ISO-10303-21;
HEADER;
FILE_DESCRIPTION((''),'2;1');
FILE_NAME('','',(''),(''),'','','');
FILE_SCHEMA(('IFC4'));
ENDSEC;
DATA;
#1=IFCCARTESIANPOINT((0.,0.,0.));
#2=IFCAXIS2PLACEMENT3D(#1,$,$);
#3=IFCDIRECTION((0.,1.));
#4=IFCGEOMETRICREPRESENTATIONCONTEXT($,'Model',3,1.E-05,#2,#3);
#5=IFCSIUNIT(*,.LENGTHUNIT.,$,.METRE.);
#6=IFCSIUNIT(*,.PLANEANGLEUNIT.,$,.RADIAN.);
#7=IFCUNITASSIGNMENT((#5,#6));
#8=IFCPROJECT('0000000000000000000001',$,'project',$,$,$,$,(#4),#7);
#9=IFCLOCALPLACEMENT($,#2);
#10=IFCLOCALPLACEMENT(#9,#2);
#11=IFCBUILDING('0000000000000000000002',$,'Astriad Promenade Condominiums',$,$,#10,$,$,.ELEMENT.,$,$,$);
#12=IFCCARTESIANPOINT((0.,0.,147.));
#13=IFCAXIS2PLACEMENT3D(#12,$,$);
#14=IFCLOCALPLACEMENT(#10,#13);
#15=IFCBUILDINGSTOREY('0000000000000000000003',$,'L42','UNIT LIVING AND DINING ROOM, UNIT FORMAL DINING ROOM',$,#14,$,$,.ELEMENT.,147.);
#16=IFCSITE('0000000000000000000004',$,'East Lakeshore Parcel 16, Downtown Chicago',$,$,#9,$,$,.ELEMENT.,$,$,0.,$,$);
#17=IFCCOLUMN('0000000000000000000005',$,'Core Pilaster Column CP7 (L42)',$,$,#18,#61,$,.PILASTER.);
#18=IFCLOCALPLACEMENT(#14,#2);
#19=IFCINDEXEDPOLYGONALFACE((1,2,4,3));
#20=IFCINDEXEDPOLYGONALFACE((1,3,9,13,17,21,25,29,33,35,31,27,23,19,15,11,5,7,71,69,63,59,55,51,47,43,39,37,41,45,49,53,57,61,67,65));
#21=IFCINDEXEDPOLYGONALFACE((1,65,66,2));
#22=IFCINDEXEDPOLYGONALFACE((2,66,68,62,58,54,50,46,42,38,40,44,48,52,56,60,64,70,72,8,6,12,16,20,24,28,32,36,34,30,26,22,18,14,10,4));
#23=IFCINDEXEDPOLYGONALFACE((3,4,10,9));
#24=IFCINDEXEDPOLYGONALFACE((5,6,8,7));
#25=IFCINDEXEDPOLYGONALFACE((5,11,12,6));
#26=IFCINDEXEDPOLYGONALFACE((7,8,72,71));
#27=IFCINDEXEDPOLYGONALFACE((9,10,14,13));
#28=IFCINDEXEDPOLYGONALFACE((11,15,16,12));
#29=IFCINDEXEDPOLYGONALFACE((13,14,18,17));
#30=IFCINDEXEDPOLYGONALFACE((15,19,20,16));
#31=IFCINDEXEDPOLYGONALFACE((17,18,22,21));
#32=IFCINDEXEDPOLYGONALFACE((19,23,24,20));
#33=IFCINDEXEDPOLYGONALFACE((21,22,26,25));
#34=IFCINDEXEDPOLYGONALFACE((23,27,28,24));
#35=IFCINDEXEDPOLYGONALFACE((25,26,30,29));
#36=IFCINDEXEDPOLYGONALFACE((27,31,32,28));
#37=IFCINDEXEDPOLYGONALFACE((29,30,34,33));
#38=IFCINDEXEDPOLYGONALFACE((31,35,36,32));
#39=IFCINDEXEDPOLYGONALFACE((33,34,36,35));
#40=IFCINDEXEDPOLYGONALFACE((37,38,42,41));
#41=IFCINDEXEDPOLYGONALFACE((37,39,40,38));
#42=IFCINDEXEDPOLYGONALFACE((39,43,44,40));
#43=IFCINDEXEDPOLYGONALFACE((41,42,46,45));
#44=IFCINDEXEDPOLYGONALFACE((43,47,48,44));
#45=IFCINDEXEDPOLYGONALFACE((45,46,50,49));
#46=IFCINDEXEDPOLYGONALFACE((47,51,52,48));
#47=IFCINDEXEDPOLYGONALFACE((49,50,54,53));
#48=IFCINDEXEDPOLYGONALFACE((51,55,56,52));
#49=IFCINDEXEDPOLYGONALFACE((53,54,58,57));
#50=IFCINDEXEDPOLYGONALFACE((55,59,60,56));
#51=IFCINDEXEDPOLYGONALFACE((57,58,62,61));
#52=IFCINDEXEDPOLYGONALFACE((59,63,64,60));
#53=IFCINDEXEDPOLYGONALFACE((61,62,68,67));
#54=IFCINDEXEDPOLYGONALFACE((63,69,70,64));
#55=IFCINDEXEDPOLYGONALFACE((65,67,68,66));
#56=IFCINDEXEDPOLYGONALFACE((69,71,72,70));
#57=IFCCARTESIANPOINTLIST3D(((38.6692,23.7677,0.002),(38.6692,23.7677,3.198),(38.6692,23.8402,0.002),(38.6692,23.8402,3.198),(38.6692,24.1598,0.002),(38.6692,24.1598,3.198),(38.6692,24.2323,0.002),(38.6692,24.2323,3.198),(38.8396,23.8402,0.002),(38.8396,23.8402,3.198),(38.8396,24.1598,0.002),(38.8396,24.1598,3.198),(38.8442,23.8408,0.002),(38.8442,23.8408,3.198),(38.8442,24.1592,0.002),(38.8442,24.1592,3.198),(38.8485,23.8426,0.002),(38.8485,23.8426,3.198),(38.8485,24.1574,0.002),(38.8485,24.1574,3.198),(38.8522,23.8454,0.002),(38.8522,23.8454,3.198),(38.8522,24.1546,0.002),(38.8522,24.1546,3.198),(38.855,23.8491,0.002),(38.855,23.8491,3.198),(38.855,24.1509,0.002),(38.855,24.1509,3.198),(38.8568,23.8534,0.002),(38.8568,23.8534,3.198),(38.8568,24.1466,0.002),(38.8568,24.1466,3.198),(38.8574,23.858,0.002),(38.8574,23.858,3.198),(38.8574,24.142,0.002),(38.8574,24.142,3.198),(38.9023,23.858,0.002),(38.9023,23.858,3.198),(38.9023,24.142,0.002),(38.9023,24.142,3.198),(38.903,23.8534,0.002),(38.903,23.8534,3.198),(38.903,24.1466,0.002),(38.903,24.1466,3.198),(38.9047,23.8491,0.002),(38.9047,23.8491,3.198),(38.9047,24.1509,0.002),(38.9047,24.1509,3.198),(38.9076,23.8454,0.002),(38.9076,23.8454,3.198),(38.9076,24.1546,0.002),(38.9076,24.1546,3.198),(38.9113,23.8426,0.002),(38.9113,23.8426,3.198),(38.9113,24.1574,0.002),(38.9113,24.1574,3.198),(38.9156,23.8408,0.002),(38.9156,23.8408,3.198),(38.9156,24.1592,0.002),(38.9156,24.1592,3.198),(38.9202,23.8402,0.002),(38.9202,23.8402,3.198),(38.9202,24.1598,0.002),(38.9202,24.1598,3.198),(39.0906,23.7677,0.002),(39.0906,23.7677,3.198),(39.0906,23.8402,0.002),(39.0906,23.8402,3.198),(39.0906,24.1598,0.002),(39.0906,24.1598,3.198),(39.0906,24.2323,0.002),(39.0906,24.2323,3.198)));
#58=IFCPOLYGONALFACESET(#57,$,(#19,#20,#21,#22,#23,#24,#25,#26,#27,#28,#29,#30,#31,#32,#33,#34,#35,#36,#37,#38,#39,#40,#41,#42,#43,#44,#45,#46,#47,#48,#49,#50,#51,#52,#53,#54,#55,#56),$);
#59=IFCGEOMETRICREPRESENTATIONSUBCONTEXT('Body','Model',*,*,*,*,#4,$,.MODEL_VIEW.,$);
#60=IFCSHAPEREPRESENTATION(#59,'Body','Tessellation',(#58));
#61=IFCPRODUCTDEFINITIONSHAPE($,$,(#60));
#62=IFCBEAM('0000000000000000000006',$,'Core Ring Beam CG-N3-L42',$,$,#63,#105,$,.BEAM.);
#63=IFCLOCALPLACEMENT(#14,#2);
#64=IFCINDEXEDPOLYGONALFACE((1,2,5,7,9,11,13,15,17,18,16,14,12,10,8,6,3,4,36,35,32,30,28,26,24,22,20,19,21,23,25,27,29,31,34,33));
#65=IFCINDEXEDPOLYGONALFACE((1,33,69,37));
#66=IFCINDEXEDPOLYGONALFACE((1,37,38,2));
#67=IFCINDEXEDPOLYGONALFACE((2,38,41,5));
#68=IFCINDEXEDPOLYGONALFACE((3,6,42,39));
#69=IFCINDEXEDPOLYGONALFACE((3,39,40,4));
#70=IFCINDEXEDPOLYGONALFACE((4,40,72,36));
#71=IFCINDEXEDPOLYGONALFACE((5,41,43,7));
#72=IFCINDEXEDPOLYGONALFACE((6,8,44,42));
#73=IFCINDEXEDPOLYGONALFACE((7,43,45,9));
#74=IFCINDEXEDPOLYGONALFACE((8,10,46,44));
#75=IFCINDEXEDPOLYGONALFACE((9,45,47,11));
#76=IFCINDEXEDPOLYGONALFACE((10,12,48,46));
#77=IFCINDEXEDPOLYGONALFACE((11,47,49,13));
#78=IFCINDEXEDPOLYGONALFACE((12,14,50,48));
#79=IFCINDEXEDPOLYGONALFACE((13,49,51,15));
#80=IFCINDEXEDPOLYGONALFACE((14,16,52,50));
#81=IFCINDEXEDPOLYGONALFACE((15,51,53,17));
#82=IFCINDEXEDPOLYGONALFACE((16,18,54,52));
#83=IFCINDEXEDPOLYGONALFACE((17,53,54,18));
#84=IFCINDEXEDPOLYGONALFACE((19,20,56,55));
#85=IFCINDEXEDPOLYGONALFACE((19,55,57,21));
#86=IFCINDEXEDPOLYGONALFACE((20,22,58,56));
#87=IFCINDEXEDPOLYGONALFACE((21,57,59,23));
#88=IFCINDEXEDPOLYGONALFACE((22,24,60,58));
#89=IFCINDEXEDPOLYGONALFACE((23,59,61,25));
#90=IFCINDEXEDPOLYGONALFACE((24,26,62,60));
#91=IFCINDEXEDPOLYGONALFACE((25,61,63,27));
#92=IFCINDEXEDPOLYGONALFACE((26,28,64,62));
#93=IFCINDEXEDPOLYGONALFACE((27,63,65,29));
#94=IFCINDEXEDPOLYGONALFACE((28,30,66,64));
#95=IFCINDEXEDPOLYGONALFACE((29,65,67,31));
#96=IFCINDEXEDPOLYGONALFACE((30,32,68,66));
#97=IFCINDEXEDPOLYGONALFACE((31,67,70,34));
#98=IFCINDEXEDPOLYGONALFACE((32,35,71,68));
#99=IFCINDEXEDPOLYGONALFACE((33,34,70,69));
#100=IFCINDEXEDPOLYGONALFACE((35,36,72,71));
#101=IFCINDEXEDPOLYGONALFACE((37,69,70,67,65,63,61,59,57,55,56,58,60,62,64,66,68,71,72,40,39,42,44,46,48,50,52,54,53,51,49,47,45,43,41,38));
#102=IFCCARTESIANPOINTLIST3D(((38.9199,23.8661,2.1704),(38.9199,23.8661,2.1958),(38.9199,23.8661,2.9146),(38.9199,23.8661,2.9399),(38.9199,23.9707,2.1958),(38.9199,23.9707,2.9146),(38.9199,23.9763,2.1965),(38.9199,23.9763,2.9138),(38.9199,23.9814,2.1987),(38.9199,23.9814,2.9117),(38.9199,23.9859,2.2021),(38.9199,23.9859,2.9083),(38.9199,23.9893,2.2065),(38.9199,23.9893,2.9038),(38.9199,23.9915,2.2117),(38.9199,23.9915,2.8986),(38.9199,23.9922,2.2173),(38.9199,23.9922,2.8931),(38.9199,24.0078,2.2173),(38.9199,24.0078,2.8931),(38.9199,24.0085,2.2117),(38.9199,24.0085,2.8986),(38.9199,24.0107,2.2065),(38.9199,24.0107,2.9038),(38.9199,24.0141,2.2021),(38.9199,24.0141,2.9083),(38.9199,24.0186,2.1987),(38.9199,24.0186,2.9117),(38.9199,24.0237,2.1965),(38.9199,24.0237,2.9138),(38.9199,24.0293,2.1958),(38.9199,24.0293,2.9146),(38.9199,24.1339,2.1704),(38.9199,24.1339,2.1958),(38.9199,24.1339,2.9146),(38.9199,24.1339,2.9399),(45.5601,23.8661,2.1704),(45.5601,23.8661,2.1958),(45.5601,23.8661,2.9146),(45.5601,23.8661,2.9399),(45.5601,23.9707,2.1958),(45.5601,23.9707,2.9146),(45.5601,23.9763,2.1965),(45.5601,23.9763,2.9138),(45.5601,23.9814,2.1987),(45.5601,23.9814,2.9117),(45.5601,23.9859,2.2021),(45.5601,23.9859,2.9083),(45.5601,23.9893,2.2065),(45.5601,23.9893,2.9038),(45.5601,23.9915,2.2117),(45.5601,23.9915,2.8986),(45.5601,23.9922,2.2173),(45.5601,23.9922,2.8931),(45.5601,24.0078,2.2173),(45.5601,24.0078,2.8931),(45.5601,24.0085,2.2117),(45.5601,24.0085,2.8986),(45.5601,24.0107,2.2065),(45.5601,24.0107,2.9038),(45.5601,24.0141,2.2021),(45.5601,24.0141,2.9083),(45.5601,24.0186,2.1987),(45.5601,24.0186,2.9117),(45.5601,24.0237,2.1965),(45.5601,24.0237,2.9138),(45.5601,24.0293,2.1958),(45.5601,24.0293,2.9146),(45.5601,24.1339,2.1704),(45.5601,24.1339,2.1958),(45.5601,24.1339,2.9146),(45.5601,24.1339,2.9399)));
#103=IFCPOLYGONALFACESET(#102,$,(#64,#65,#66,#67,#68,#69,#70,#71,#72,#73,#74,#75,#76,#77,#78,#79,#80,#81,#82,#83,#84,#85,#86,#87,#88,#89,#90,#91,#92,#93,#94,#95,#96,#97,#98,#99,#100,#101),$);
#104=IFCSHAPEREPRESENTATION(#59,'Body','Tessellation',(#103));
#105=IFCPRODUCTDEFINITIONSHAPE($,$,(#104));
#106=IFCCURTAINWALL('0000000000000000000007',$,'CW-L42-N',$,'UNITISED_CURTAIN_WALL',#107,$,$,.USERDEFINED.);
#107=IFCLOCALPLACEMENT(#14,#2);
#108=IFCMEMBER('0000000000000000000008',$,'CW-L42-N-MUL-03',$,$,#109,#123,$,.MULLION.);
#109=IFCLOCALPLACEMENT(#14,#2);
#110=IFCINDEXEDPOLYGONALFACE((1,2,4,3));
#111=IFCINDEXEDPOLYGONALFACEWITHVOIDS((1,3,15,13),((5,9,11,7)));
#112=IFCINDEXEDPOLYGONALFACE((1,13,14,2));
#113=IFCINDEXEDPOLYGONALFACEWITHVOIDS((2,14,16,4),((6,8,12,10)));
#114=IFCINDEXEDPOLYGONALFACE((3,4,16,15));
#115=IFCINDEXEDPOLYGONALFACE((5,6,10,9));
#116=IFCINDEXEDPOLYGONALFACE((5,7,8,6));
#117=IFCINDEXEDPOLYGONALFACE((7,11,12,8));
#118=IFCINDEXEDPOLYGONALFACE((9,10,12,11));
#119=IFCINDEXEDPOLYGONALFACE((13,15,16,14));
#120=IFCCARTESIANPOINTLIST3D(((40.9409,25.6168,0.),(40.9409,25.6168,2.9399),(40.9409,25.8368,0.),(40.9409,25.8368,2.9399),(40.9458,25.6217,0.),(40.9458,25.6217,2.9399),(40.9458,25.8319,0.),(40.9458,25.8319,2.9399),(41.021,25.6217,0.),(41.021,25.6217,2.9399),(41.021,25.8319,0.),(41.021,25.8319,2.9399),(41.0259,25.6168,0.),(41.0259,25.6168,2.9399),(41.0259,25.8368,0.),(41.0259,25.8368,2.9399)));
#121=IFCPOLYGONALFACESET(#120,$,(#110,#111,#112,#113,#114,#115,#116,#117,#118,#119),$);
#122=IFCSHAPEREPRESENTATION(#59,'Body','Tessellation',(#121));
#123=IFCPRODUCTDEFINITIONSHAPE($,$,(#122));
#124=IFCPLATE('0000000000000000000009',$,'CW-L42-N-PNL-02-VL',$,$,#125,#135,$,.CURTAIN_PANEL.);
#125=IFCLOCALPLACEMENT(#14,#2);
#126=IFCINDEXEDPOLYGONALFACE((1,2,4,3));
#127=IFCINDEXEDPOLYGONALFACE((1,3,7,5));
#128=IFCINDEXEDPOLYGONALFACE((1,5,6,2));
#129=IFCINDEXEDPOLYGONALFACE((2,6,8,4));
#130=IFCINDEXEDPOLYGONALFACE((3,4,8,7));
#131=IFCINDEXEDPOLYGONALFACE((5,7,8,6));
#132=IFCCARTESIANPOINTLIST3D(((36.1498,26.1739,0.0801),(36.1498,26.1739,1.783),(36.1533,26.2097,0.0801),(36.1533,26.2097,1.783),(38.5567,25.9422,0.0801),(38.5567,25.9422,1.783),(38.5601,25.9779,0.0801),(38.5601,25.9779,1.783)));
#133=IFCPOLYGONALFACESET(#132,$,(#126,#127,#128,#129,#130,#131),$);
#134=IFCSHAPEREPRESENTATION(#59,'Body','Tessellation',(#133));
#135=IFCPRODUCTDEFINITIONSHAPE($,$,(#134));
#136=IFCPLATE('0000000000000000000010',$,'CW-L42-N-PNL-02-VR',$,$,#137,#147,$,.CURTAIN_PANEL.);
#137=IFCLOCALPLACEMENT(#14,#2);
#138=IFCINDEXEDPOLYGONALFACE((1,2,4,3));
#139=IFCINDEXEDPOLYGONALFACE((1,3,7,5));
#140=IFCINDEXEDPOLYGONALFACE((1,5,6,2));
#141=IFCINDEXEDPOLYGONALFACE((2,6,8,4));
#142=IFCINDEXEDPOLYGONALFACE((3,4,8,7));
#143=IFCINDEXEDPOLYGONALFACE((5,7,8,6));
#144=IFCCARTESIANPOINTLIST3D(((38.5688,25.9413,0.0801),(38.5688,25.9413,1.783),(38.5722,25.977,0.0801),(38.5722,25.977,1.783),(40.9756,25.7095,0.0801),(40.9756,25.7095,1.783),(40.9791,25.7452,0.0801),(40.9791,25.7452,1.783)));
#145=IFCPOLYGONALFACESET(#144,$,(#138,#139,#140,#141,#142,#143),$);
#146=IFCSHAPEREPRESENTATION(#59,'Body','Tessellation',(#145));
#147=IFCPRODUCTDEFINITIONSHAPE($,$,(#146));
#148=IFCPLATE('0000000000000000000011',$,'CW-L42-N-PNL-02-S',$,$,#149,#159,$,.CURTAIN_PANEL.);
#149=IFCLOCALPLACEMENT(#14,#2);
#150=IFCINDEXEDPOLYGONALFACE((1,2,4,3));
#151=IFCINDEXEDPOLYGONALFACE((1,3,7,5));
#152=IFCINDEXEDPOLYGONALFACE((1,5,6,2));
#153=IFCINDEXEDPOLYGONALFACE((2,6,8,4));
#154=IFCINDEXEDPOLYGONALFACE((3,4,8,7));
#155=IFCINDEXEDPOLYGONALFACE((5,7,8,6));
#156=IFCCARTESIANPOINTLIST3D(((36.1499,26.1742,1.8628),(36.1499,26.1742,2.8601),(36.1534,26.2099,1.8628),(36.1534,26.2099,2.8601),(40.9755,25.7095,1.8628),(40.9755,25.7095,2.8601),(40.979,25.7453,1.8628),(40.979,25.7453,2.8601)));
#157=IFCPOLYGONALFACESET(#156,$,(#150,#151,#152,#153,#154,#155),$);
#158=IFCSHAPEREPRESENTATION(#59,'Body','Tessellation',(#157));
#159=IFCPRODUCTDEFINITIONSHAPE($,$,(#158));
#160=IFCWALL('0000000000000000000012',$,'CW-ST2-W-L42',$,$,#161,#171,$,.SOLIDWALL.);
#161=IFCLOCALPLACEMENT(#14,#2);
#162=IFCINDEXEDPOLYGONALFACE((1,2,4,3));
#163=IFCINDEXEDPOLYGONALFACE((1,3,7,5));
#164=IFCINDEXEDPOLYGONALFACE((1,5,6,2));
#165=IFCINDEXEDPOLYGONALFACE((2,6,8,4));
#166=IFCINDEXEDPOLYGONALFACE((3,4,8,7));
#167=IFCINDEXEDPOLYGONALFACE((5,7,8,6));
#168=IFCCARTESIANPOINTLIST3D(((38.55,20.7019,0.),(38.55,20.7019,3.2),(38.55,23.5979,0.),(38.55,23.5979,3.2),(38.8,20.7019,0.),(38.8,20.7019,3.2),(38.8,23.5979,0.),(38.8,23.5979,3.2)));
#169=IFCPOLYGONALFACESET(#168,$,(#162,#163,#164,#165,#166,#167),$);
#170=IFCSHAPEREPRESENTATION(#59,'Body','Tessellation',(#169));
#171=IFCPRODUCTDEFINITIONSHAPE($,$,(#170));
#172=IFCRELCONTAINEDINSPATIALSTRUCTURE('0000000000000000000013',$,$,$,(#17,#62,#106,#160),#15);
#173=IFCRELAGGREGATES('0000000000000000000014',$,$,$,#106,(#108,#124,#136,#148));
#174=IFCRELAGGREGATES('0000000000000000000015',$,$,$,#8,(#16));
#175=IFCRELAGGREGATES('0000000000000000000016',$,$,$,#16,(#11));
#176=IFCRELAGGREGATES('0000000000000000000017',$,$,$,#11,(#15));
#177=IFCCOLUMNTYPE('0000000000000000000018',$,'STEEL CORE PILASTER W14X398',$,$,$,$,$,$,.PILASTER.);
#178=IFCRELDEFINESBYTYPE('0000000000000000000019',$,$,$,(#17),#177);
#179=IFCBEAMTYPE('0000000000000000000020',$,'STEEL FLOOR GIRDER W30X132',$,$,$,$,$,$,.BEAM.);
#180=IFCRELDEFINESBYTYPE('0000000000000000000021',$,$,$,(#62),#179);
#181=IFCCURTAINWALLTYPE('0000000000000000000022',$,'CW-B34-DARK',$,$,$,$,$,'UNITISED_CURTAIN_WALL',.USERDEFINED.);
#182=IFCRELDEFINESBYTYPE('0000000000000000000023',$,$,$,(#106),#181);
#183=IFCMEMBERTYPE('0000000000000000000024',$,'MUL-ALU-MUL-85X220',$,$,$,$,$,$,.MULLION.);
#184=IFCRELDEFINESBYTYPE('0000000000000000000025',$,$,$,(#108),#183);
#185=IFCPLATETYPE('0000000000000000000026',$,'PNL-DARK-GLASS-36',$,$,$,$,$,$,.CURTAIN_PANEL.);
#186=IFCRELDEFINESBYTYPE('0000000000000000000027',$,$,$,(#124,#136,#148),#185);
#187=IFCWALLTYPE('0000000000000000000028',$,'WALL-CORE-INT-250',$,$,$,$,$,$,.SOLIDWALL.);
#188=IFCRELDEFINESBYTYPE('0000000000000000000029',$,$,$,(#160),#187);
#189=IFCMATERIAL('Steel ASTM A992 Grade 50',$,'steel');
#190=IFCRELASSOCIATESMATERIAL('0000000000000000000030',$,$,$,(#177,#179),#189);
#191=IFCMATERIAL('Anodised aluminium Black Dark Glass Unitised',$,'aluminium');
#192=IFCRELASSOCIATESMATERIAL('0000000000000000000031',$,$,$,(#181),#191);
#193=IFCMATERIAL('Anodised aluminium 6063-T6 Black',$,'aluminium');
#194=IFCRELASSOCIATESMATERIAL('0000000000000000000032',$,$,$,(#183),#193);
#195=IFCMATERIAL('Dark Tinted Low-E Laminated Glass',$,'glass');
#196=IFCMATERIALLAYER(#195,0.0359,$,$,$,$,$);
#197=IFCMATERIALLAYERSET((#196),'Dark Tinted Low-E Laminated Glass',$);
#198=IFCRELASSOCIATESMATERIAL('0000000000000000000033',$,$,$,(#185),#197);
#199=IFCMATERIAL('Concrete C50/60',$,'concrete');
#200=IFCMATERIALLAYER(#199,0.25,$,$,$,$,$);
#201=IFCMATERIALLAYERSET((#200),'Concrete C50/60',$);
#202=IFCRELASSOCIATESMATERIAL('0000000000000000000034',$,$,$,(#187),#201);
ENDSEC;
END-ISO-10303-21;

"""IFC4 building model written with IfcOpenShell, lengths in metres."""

from ifc_helpers import new_model, si_unit, direction, frame, frame_2d, origin, origin_2d, place, context, subcontext, project, spatial, rectangle, hollow_rectangle, i_section, extrude, source, transform, mapped, material, layer, layer_set, material_profile, profile_set, type_object, type_shapes, element, aggregate, save


model = new_model("IFC4")

# Units and contexts
model_context = context("Model", 3, precision=1e-05, world=origin(), true_north=direction((0.0, 1.0)))
body_context = subcontext(model_context, "Body", "Model", "MODEL_VIEW")
ifc_project = project(units=[si_unit("LENGTHUNIT", "METRE"), si_unit("PLANEANGLEUNIT", "RADIAN")], contexts=[model_context])

# Site, building, storey
site_placement = place(None, origin())
site = spatial("IfcSite", under=ifc_project, at=site_placement, Name="East Lakeshore Parcel 16, Downtown Chicago", CompositionType="ELEMENT", RefElevation=0.0)
building_placement = place(site_placement, origin())
building = spatial("IfcBuilding", under=site, at=building_placement, Name="Astriad Promenade Condominiums", CompositionType="ELEMENT")
storey_placement = place(building_placement, frame((0.0, 0.0, 147.0)))
storey = spatial("IfcBuildingStorey", under=building, at=storey_placement, Name="L42", Description="UNIT LIVING AND DINING ROOM, UNIT FORMAL DINING ROOM", CompositionType="ELEMENT", Elevation=147.0)

# Column
ifc_material_1 = material(Name="Steel ASTM A992 Grade 50", Category="steel")
ifc_material_profile_1 = material_profile(ifc_material_1, i_section(OverallWidth=0.4214, OverallDepth=0.4646, WebThickness=0.0449, FlangeThickness=0.0725, FilletRadius=0.0178, at=origin_2d()), Name="W14X398")
ifc_profile_set_1 = profile_set([ifc_material_profile_1], Name="Steel ASTM A992 Grade 50")
column_type = type_object("IfcColumnType", Name="STEEL CORE PILASTER W14X398", PredefinedType="PILASTER", material=ifc_profile_set_1)
shared_shape_1 = source(origin(), body_context, "Body", "SweptSolid", [
    extrude(i_section(OverallWidth=0.4214, OverallDepth=0.4646, WebThickness=0.0449, FlangeThickness=0.0725, FilletRadius=0.0178, at=origin_2d()), origin(), (0.0, 0.0, 1.0), 3.196),
])
type_shapes(column_type, [shared_shape_1])
column_placement = place(storey_placement, frame((38.8799, 24.0, 0.002), z_axis=(0.0, 0.0, 1.0), x_axis=(1.0, 0.0, 0.0)))
element("IfcColumn", 1, at=column_placement, inside=storey, type_object=column_type, Name="Core Pilaster Column CP7 (L42)", PredefinedType="PILASTER", context=body_context, shape_type="MappedRepresentation", body=[
    mapped(shared_shape_1, transform((0.0, 0.0, 0.0), scale=1.0)),
])

# Beam
ifc_material_profile_2 = material_profile(ifc_material_1, i_section(OverallWidth=0.2678, OverallDepth=0.7695, WebThickness=0.0156, FlangeThickness=0.0254, FilletRadius=0.0215, at=origin_2d()), Name="W30X132")
ifc_profile_set_2 = profile_set([ifc_material_profile_2], Name="Steel ASTM A992 Grade 50")
beam_type = type_object("IfcBeamType", Name="STEEL FLOOR GIRDER W30X132", PredefinedType="BEAM", material=ifc_profile_set_2)
shared_shape_2 = source(origin(), body_context, "Body", "SweptSolid", [
    extrude(i_section(OverallWidth=0.2678, OverallDepth=0.7695, WebThickness=0.0156, FlangeThickness=0.0254, FilletRadius=0.0215, at=origin_2d()), origin(), (0.0, 0.0, 1.0), 6.6401),
])
type_shapes(beam_type, [shared_shape_2])
beam_placement = place(storey_placement, frame((38.9199, 24.0, 2.5552), z_axis=(1.0, 0.0, 0.0), x_axis=(0.0, 1.0, 0.0)))
element("IfcBeam", 2, at=beam_placement, inside=storey, type_object=beam_type, Name="Core Ring Beam CG-N3-L42", PredefinedType="BEAM", context=body_context, shape_type="MappedRepresentation", body=[
    mapped(shared_shape_2, transform((0.0, 0.0, 0.0), scale=1.0)),
])

# Curtain wall, member, plates
ifc_material_2 = material(Name="Anodised aluminium Black Dark Glass Unitised", Category="aluminium")
curtain_wall_type = type_object("IfcCurtainWallType", Name="CW-B34-DARK", ElementType="UNITISED_CURTAIN_WALL", PredefinedType="USERDEFINED", material=ifc_material_2)
curtain_wall_placement = place(storey_placement, origin())
curtain_wall = element("IfcCurtainWall", 3, at=curtain_wall_placement, inside=storey, type_object=curtain_wall_type, Name="CW-L42-N", ObjectType="UNITISED_CURTAIN_WALL", PredefinedType="USERDEFINED")
ifc_material_3 = material(Name="Anodised aluminium 6063-T6 Black", Category="aluminium")
ifc_material_profile_3 = material_profile(ifc_material_3, hollow_rectangle(XDim=0.085, YDim=0.22, WallThickness=0.0049, at=origin_2d()), Name="ALU-MUL-85X220")
ifc_profile_set_3 = profile_set([ifc_material_profile_3], Name="Anodised aluminium 6063-T6 Black")
member_type = type_object("IfcMemberType", Name="MUL-ALU-MUL-85X220", PredefinedType="MULLION", material=ifc_profile_set_3)
shared_shape_3 = source(origin(), body_context, "Body", "SweptSolid", [
    extrude(hollow_rectangle(XDim=0.085, YDim=0.22, WallThickness=0.0049, at=origin_2d()), origin(), (0.0, 0.0, 1.0), 2.9399),
])
type_shapes(member_type, [shared_shape_3])
member_placement = place(storey_placement, frame((40.9834, 25.7268, 0.0), z_axis=(0.0, 0.0, 1.0), x_axis=(1.0, 0.0, 0.0)))
member = element("IfcMember", 4, at=member_placement, type_object=member_type, Name="CW-L42-N-MUL-03", PredefinedType="MULLION", context=body_context, shape_type="MappedRepresentation", body=[
    mapped(shared_shape_3, transform((0.0, 0.0, 0.0), scale=1.0)),
])
ifc_material_4 = material(Name="Dark Tinted Low-E Laminated Glass", Category="glass")
ifc_layer_1 = layer(ifc_material_4, 0.0359)
ifc_layer_set_1 = layer_set([ifc_layer_1], Name="Dark Tinted Low-E Laminated Glass")
plate_type = type_object("IfcPlateType", Name="PNL-DARK-GLASS-36", PredefinedType="CURTAIN_PANEL", material=ifc_layer_set_1)
shared_shape_4 = source(origin(), body_context, "Body", "SweptSolid", [
    extrude(rectangle(XDim=2.418, YDim=0.0359, at=origin_2d()), origin(), (0.0, 0.0, 1.0), 1.7029),
])
plate_1_placement = place(storey_placement, frame((37.355, 26.0759, 0.0801), z_axis=(0.0, 0.0, 1.0), x_axis=(0.995396, -0.095846, 0.0)))
plate_1 = element("IfcPlate", 5, at=plate_1_placement, type_object=plate_type, Name="CW-L42-N-PNL-02-VL", PredefinedType="CURTAIN_PANEL", context=body_context, shape_type="MappedRepresentation", body=[
    mapped(shared_shape_4, transform((0.0, 0.0, 0.0), scale=1.0)),
])
plate_2_placement = place(storey_placement, frame((39.7739, 25.8433, 0.0801), z_axis=(0.0, 0.0, 1.0), x_axis=(0.995396, -0.095846, 0.0)))
plate_2 = element("IfcPlate", 6, at=plate_2_placement, type_object=plate_type, Name="CW-L42-N-PNL-02-VR", PredefinedType="CURTAIN_PANEL", context=body_context, shape_type="MappedRepresentation", body=[
    mapped(shared_shape_4, transform((0.0, 0.0, 0.0), scale=1.0)),
])
shared_shape_5 = source(origin(), body_context, "Body", "SweptSolid", [
    extrude(rectangle(XDim=4.8479, YDim=0.0359, at=origin_2d()), origin(), (0.0, 0.0, 1.0), 0.9973),
])
type_shapes(plate_type, [shared_shape_4, shared_shape_5])
plate_3_placement = place(storey_placement, frame((38.5645, 25.9597, 1.8628), z_axis=(0.0, 0.0, 1.0), x_axis=(0.995396, -0.095846, 0.0)))
plate_3 = element("IfcPlate", 7, at=plate_3_placement, type_object=plate_type, Name="CW-L42-N-PNL-02-S", PredefinedType="CURTAIN_PANEL", context=body_context, shape_type="MappedRepresentation", body=[
    mapped(shared_shape_5, transform((0.0, 0.0, 0.0), scale=1.0)),
])
aggregate(curtain_wall, [member, plate_1, plate_2, plate_3])

# Wall
ifc_material_5 = material(Name="Concrete C50/60", Category="concrete")
ifc_layer_2 = layer(ifc_material_5, 0.25)
ifc_layer_set_2 = layer_set([ifc_layer_2], Name="Concrete C50/60")
wall_type_1 = type_object("IfcWallType", Name="WALL-CORE-INT-250", PredefinedType="SOLIDWALL", material=ifc_layer_set_2)
wall_1_placement = place(storey_placement, frame((38.675, 20.7019, 0.0), z_axis=(0.0, 0.0, 1.0), x_axis=(0.0, 1.0, 0.0)))
element("IfcWall", 8, at=wall_1_placement, inside=storey, type_object=wall_type_1, Name="CW-ST2-W-L42", PredefinedType="SOLIDWALL", context=body_context, shape_type="SweptSolid", body=[
    extrude(rectangle(XDim=2.896, YDim=0.25, at=frame_2d((1.448, 0.0))), origin(), (0.0, 0.0, 1.0), 3.2),
])

save(model, "model.ifc")
